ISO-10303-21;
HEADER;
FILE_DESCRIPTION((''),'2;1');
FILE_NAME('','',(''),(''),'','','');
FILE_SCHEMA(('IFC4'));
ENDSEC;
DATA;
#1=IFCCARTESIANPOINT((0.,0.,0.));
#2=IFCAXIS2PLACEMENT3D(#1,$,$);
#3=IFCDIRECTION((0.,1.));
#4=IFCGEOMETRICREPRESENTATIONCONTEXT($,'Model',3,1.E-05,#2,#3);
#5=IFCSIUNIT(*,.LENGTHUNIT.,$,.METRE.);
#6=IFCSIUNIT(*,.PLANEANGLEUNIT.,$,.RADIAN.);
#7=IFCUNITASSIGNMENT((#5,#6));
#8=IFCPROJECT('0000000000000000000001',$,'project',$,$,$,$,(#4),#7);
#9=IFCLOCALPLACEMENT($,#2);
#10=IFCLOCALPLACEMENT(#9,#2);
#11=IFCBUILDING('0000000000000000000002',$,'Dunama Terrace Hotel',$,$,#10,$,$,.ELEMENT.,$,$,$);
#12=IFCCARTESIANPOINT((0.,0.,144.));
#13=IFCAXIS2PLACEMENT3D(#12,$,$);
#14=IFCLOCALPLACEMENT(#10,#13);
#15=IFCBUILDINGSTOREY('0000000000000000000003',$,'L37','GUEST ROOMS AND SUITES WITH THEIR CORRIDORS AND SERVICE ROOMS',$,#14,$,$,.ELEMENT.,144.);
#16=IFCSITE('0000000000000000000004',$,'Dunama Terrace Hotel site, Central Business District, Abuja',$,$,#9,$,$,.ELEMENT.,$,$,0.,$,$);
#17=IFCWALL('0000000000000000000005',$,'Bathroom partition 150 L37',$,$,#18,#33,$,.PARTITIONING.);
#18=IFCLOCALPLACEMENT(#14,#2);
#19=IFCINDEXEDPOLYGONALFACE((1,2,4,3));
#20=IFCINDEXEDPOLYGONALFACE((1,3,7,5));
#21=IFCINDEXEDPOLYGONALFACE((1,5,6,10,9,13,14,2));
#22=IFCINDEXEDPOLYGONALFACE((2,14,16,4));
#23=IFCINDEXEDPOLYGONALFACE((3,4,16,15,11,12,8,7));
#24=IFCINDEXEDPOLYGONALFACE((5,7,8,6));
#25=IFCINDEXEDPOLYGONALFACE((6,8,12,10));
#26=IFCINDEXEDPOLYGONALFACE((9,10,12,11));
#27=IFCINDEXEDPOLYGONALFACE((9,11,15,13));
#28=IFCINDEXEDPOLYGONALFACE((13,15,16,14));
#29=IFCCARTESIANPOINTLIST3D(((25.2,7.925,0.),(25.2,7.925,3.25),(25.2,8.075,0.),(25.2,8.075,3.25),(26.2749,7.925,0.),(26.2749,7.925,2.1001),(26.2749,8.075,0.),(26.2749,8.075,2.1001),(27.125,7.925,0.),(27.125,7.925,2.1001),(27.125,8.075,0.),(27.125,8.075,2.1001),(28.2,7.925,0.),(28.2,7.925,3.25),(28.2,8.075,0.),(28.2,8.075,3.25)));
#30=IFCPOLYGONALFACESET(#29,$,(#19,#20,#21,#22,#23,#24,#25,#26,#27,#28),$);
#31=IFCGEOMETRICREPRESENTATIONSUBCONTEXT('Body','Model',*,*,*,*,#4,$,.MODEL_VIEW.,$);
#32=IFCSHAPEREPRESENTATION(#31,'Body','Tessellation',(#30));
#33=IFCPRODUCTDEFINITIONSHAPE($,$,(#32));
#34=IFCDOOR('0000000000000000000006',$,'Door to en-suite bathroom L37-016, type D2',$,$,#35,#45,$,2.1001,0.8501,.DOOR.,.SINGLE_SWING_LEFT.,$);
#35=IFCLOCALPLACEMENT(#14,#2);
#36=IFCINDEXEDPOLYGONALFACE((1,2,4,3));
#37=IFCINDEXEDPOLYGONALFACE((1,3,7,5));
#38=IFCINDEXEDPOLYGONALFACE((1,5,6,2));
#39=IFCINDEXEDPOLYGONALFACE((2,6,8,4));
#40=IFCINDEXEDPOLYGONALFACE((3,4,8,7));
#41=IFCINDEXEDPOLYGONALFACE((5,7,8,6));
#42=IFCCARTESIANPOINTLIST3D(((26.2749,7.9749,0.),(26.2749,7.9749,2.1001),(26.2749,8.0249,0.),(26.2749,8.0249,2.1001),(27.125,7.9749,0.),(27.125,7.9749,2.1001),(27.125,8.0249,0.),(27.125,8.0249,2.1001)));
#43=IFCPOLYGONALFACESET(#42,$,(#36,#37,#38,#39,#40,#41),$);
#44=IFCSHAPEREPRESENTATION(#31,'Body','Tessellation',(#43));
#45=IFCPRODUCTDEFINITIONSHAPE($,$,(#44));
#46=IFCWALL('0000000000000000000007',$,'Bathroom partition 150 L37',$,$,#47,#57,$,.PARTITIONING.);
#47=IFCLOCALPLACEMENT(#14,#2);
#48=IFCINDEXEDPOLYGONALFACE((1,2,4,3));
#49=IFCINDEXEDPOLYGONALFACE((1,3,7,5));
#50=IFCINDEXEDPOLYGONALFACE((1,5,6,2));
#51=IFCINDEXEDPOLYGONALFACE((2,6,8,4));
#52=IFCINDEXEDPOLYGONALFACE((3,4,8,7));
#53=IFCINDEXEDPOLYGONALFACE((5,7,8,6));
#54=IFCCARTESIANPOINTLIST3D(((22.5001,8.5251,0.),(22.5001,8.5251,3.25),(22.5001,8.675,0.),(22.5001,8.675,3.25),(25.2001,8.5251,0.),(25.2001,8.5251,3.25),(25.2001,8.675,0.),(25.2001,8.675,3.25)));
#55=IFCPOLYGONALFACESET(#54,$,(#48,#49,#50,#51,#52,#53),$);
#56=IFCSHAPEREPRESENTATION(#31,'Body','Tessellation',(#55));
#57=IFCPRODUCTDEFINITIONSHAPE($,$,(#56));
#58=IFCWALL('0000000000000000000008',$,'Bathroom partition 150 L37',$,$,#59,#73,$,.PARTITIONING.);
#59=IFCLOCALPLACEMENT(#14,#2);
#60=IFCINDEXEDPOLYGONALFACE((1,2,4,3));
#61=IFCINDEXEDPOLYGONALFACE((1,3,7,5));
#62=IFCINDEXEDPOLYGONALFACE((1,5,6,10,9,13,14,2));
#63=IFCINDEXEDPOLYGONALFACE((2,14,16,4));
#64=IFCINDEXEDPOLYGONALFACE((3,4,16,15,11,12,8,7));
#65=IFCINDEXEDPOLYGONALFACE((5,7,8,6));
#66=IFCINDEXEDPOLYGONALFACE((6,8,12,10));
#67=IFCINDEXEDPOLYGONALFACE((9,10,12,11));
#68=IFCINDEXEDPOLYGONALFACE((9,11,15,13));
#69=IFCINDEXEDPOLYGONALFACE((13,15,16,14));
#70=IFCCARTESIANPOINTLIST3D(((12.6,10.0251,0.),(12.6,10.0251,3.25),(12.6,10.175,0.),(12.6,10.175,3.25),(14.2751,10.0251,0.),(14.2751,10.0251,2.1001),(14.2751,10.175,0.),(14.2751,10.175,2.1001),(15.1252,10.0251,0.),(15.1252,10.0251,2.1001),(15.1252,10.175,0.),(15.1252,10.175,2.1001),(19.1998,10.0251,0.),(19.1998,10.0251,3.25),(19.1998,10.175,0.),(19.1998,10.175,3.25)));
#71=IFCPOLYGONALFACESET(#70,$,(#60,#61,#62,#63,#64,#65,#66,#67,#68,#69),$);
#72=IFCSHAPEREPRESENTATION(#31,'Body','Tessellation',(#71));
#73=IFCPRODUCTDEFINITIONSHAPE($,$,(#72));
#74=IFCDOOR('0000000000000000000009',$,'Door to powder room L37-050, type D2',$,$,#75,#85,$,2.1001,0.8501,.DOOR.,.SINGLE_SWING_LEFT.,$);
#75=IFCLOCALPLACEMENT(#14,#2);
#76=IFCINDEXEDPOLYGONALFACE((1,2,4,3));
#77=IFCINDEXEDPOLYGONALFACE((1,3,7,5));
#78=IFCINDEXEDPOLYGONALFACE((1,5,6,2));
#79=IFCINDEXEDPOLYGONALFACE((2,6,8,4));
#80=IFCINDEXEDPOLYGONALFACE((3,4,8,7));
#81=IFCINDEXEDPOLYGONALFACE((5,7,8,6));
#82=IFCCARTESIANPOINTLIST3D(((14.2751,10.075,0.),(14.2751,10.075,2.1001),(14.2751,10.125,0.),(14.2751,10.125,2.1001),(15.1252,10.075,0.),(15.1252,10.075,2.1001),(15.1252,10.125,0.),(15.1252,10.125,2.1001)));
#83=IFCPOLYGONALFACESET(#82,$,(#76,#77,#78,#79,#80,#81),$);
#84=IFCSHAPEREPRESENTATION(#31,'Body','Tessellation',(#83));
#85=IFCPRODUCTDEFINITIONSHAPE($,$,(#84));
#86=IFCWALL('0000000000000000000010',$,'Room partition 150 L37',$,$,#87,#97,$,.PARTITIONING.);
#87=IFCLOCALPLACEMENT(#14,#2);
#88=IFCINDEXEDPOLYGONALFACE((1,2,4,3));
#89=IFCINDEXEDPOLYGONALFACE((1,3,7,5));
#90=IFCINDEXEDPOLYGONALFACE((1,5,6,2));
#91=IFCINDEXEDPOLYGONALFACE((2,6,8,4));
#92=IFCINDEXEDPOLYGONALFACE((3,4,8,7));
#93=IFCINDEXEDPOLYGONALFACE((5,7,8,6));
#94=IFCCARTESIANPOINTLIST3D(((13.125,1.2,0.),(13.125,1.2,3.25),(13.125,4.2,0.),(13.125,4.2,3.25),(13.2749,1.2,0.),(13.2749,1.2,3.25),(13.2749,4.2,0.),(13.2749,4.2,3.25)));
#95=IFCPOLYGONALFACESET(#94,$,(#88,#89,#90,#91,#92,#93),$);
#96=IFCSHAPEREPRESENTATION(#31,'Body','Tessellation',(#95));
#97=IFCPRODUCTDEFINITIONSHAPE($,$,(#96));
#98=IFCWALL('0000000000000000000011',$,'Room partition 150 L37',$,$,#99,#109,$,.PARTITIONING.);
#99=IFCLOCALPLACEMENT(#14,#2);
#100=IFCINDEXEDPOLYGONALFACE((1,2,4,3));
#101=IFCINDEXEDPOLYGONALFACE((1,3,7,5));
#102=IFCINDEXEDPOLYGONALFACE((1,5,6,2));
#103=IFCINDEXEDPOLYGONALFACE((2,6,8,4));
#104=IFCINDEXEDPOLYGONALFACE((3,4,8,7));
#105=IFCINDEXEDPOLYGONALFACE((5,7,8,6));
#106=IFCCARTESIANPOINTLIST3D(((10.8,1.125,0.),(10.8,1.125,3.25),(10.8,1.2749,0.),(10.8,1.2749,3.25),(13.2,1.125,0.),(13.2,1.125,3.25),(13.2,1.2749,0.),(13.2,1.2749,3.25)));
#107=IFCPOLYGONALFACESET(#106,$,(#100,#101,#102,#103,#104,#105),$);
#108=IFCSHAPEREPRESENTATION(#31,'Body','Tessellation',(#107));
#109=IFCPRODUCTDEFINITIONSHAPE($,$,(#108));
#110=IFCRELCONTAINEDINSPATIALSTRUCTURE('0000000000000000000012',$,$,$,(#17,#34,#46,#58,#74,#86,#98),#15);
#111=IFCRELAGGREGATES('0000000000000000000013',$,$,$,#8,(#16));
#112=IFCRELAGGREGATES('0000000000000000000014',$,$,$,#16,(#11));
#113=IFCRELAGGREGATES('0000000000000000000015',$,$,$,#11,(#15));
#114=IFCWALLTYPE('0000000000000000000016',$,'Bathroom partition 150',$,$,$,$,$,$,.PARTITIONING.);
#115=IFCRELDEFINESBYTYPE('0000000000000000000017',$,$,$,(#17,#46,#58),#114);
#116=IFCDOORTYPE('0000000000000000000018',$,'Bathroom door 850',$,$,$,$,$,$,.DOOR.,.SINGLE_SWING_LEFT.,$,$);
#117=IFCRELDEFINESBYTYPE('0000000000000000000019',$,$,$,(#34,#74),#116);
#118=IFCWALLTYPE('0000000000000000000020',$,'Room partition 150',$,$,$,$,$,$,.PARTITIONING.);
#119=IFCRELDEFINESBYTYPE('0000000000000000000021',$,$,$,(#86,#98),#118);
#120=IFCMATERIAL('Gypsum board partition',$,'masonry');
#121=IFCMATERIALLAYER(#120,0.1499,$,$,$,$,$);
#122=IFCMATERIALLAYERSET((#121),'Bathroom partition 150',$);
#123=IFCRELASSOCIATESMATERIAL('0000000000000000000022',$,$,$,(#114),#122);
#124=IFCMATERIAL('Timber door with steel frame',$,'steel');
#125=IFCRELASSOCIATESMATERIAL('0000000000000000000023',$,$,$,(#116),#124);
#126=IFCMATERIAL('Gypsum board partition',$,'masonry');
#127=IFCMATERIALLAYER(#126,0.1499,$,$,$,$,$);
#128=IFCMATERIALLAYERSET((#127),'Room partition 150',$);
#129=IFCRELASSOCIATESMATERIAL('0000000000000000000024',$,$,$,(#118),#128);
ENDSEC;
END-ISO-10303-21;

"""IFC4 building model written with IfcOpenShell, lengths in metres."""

from ifc_helpers import new_model, si_unit, direction, frame, frame_2d, origin, place, context, subcontext, project, spatial, rectangle, extrude, material, layer, layer_set, type_object, element, fill, save


model = new_model("IFC4")

# Units and contexts
model_context = context("Model", 3, precision=1e-05, world=origin(), true_north=direction((0.0, 1.0)))
body_context = subcontext(model_context, "Body", "Model", "MODEL_VIEW")
ifc_project = project(units=[si_unit("LENGTHUNIT", "METRE"), si_unit("PLANEANGLEUNIT", "RADIAN")], contexts=[model_context])

# Site, building, storey
site_placement = place(None, origin())
site = spatial("IfcSite", under=ifc_project, at=site_placement, Name="Dunama Terrace Hotel site, Central Business District, Abuja", CompositionType="ELEMENT", RefElevation=0.0)
building_placement = place(site_placement, origin())
building = spatial("IfcBuilding", under=site, at=building_placement, Name="Dunama Terrace Hotel", CompositionType="ELEMENT")
storey_placement = place(building_placement, frame((0.0, 0.0, 144.0)))
storey = spatial("IfcBuildingStorey", under=building, at=storey_placement, Name="L37", Description="GUEST ROOMS AND SUITES WITH THEIR CORRIDORS AND SERVICE ROOMS", CompositionType="ELEMENT", Elevation=144.0)

# Shared definitions
ifc_material_1 = material(Name="Gypsum board partition", Category="masonry")
ifc_layer_1 = layer(ifc_material_1, 0.1499)
ifc_layer_set_1 = layer_set([ifc_layer_1], Name="Bathroom partition 150")
wall_type_1 = type_object("IfcWallType", Name="Bathroom partition 150", PredefinedType="PARTITIONING", material=ifc_layer_set_1)

# Wall, opening, door
ifc_material_2 = material(Name="Timber door with steel frame", Category="steel")
door_type_1 = type_object("IfcDoorType", Name="Bathroom door 850", OperationType="SINGLE_SWING_LEFT", PredefinedType="DOOR", material=ifc_material_2)
wall_1_placement = place(storey_placement, frame((25.2, 8.0, 0.0), z_axis=(0.0, 0.0, 1.0), x_axis=(1.0, 0.0, 0.0)))
wall_1 = element("IfcWall", 1, at=wall_1_placement, inside=storey, type_object=wall_type_1, Name="Bathroom partition 150 L37", PredefinedType="PARTITIONING", context=body_context, shape_type="SweptSolid", body=[
    extrude(rectangle(XDim=3.0, YDim=0.1499, at=frame_2d((1.5, 0.0))), origin(), (0.0, 0.0, 1.0), 3.25),
])
opening_1_placement = place(wall_1_placement, frame((1.075, 0.0, 0.0)))
opening_1 = element("IfcOpeningElement", 2, at=opening_1_placement, cuts=wall_1, PredefinedType="OPENING", context=body_context, shape_type="SweptSolid", body=[
    extrude(rectangle(XDim=0.8501, YDim=2.1001, at=frame_2d((0.425, 1.05))), frame((0.0, 0.085, 0.0), z_axis=(0.0, -1.0, 0.0), x_axis=(1.0, 0.0, 0.0)), (0.0, 0.0, 1.0), 0.1699),
])
door_1_placement = place(opening_1_placement, origin())
door_1 = element("IfcDoor", 3, at=door_1_placement, inside=storey, type_object=door_type_1, Name="Door to en-suite bathroom L37-016, type D2", OperationType="SINGLE_SWING_LEFT", OverallHeight=2.1001, OverallWidth=0.8501, PredefinedType="DOOR", context=body_context, shape_type="SweptSolid", body=[
    extrude(rectangle(XDim=0.8501, YDim=2.1001, at=frame_2d((0.425, 1.05))), frame((0.0, 0.0249, 0.0), z_axis=(0.0, -1.0, 0.0), x_axis=(1.0, 0.0, 0.0)), (0.0, 0.0, 1.0), 0.05),
])
fill(opening_1, door_1)

# Wall
wall_2_placement = place(storey_placement, frame((22.5, 8.6001, 0.0), z_axis=(0.0, 0.0, 1.0), x_axis=(1.0, 0.0, 0.0)))
element("IfcWall", 4, at=wall_2_placement, inside=storey, type_object=wall_type_1, Name="Bathroom partition 150 L37", PredefinedType="PARTITIONING", context=body_context, shape_type="SweptSolid", body=[
    extrude(rectangle(XDim=2.7, YDim=0.1499, at=frame_2d((1.3501, 0.0))), origin(), (0.0, 0.0, 1.0), 3.25),
])

# Wall, opening, door
wall_3_placement = place(storey_placement, frame((12.6001, 10.1001, 0.0), z_axis=(0.0, 0.0, 1.0), x_axis=(1.0, 0.0, 0.0)))
wall_3 = element("IfcWall", 5, at=wall_3_placement, inside=storey, type_object=wall_type_1, Name="Bathroom partition 150 L37", PredefinedType="PARTITIONING", context=body_context, shape_type="SweptSolid", body=[
    extrude(rectangle(XDim=6.5999, YDim=0.1499, at=frame_2d((3.2998, 0.0))), origin(), (0.0, 0.0, 1.0), 3.25),
])
opening_2_placement = place(wall_3_placement, frame((1.675, 0.0, 0.0)))
opening_2 = element("IfcOpeningElement", 6, at=opening_2_placement, cuts=wall_3, PredefinedType="OPENING", context=body_context, shape_type="SweptSolid", body=[
    extrude(rectangle(XDim=0.8501, YDim=2.1001, at=frame_2d((0.425, 1.05))), frame((0.0, 0.085, 0.0), z_axis=(0.0, -1.0, 0.0), x_axis=(1.0, 0.0, 0.0)), (0.0, 0.0, 1.0), 0.1699),
])
door_2_placement = place(opening_2_placement, origin())
door_2 = element("IfcDoor", 7, at=door_2_placement, inside=storey, type_object=door_type_1, Name="Door to powder room L37-050, type D2", OperationType="SINGLE_SWING_LEFT", OverallHeight=2.1001, OverallWidth=0.8501, PredefinedType="DOOR", context=body_context, shape_type="SweptSolid", body=[
    extrude(rectangle(XDim=0.8501, YDim=2.1001, at=frame_2d((0.425, 1.05))), frame((0.0, 0.0249, 0.0), z_axis=(0.0, -1.0, 0.0), x_axis=(1.0, 0.0, 0.0)), (0.0, 0.0, 1.0), 0.05),
])
fill(opening_2, door_2)

# Walls
ifc_material_3 = material(Name="Gypsum board partition", Category="masonry")
ifc_layer_2 = layer(ifc_material_3, 0.1499)
ifc_layer_set_2 = layer_set([ifc_layer_2], Name="Room partition 150")
wall_type_2 = type_object("IfcWallType", Name="Room partition 150", PredefinedType="PARTITIONING", material=ifc_layer_set_2)
wall_4_placement = place(storey_placement, frame((13.2, 1.2, 0.0), z_axis=(0.0, 0.0, 1.0), x_axis=(0.0, 1.0, 0.0)))
element("IfcWall", 8, at=wall_4_placement, inside=storey, type_object=wall_type_2, Name="Room partition 150 L37", PredefinedType="PARTITIONING", context=body_context, shape_type="SweptSolid", body=[
    extrude(rectangle(XDim=3.0, YDim=0.1499, at=frame_2d((1.5, 0.0))), origin(), (0.0, 0.0, 1.0), 3.25),
])
wall_5_placement = place(storey_placement, frame((10.8, 1.2, 0.0), z_axis=(0.0, 0.0, 1.0), x_axis=(1.0, 0.0, 0.0)))
element("IfcWall", 9, at=wall_5_placement, inside=storey, type_object=wall_type_2, Name="Room partition 150 L37", PredefinedType="PARTITIONING", context=body_context, shape_type="SweptSolid", body=[
    extrude(rectangle(XDim=2.3999, YDim=0.1499, at=frame_2d((1.2, 0.0))), origin(), (0.0, 0.0, 1.0), 3.25),
])

save(model, "model.ifc")
